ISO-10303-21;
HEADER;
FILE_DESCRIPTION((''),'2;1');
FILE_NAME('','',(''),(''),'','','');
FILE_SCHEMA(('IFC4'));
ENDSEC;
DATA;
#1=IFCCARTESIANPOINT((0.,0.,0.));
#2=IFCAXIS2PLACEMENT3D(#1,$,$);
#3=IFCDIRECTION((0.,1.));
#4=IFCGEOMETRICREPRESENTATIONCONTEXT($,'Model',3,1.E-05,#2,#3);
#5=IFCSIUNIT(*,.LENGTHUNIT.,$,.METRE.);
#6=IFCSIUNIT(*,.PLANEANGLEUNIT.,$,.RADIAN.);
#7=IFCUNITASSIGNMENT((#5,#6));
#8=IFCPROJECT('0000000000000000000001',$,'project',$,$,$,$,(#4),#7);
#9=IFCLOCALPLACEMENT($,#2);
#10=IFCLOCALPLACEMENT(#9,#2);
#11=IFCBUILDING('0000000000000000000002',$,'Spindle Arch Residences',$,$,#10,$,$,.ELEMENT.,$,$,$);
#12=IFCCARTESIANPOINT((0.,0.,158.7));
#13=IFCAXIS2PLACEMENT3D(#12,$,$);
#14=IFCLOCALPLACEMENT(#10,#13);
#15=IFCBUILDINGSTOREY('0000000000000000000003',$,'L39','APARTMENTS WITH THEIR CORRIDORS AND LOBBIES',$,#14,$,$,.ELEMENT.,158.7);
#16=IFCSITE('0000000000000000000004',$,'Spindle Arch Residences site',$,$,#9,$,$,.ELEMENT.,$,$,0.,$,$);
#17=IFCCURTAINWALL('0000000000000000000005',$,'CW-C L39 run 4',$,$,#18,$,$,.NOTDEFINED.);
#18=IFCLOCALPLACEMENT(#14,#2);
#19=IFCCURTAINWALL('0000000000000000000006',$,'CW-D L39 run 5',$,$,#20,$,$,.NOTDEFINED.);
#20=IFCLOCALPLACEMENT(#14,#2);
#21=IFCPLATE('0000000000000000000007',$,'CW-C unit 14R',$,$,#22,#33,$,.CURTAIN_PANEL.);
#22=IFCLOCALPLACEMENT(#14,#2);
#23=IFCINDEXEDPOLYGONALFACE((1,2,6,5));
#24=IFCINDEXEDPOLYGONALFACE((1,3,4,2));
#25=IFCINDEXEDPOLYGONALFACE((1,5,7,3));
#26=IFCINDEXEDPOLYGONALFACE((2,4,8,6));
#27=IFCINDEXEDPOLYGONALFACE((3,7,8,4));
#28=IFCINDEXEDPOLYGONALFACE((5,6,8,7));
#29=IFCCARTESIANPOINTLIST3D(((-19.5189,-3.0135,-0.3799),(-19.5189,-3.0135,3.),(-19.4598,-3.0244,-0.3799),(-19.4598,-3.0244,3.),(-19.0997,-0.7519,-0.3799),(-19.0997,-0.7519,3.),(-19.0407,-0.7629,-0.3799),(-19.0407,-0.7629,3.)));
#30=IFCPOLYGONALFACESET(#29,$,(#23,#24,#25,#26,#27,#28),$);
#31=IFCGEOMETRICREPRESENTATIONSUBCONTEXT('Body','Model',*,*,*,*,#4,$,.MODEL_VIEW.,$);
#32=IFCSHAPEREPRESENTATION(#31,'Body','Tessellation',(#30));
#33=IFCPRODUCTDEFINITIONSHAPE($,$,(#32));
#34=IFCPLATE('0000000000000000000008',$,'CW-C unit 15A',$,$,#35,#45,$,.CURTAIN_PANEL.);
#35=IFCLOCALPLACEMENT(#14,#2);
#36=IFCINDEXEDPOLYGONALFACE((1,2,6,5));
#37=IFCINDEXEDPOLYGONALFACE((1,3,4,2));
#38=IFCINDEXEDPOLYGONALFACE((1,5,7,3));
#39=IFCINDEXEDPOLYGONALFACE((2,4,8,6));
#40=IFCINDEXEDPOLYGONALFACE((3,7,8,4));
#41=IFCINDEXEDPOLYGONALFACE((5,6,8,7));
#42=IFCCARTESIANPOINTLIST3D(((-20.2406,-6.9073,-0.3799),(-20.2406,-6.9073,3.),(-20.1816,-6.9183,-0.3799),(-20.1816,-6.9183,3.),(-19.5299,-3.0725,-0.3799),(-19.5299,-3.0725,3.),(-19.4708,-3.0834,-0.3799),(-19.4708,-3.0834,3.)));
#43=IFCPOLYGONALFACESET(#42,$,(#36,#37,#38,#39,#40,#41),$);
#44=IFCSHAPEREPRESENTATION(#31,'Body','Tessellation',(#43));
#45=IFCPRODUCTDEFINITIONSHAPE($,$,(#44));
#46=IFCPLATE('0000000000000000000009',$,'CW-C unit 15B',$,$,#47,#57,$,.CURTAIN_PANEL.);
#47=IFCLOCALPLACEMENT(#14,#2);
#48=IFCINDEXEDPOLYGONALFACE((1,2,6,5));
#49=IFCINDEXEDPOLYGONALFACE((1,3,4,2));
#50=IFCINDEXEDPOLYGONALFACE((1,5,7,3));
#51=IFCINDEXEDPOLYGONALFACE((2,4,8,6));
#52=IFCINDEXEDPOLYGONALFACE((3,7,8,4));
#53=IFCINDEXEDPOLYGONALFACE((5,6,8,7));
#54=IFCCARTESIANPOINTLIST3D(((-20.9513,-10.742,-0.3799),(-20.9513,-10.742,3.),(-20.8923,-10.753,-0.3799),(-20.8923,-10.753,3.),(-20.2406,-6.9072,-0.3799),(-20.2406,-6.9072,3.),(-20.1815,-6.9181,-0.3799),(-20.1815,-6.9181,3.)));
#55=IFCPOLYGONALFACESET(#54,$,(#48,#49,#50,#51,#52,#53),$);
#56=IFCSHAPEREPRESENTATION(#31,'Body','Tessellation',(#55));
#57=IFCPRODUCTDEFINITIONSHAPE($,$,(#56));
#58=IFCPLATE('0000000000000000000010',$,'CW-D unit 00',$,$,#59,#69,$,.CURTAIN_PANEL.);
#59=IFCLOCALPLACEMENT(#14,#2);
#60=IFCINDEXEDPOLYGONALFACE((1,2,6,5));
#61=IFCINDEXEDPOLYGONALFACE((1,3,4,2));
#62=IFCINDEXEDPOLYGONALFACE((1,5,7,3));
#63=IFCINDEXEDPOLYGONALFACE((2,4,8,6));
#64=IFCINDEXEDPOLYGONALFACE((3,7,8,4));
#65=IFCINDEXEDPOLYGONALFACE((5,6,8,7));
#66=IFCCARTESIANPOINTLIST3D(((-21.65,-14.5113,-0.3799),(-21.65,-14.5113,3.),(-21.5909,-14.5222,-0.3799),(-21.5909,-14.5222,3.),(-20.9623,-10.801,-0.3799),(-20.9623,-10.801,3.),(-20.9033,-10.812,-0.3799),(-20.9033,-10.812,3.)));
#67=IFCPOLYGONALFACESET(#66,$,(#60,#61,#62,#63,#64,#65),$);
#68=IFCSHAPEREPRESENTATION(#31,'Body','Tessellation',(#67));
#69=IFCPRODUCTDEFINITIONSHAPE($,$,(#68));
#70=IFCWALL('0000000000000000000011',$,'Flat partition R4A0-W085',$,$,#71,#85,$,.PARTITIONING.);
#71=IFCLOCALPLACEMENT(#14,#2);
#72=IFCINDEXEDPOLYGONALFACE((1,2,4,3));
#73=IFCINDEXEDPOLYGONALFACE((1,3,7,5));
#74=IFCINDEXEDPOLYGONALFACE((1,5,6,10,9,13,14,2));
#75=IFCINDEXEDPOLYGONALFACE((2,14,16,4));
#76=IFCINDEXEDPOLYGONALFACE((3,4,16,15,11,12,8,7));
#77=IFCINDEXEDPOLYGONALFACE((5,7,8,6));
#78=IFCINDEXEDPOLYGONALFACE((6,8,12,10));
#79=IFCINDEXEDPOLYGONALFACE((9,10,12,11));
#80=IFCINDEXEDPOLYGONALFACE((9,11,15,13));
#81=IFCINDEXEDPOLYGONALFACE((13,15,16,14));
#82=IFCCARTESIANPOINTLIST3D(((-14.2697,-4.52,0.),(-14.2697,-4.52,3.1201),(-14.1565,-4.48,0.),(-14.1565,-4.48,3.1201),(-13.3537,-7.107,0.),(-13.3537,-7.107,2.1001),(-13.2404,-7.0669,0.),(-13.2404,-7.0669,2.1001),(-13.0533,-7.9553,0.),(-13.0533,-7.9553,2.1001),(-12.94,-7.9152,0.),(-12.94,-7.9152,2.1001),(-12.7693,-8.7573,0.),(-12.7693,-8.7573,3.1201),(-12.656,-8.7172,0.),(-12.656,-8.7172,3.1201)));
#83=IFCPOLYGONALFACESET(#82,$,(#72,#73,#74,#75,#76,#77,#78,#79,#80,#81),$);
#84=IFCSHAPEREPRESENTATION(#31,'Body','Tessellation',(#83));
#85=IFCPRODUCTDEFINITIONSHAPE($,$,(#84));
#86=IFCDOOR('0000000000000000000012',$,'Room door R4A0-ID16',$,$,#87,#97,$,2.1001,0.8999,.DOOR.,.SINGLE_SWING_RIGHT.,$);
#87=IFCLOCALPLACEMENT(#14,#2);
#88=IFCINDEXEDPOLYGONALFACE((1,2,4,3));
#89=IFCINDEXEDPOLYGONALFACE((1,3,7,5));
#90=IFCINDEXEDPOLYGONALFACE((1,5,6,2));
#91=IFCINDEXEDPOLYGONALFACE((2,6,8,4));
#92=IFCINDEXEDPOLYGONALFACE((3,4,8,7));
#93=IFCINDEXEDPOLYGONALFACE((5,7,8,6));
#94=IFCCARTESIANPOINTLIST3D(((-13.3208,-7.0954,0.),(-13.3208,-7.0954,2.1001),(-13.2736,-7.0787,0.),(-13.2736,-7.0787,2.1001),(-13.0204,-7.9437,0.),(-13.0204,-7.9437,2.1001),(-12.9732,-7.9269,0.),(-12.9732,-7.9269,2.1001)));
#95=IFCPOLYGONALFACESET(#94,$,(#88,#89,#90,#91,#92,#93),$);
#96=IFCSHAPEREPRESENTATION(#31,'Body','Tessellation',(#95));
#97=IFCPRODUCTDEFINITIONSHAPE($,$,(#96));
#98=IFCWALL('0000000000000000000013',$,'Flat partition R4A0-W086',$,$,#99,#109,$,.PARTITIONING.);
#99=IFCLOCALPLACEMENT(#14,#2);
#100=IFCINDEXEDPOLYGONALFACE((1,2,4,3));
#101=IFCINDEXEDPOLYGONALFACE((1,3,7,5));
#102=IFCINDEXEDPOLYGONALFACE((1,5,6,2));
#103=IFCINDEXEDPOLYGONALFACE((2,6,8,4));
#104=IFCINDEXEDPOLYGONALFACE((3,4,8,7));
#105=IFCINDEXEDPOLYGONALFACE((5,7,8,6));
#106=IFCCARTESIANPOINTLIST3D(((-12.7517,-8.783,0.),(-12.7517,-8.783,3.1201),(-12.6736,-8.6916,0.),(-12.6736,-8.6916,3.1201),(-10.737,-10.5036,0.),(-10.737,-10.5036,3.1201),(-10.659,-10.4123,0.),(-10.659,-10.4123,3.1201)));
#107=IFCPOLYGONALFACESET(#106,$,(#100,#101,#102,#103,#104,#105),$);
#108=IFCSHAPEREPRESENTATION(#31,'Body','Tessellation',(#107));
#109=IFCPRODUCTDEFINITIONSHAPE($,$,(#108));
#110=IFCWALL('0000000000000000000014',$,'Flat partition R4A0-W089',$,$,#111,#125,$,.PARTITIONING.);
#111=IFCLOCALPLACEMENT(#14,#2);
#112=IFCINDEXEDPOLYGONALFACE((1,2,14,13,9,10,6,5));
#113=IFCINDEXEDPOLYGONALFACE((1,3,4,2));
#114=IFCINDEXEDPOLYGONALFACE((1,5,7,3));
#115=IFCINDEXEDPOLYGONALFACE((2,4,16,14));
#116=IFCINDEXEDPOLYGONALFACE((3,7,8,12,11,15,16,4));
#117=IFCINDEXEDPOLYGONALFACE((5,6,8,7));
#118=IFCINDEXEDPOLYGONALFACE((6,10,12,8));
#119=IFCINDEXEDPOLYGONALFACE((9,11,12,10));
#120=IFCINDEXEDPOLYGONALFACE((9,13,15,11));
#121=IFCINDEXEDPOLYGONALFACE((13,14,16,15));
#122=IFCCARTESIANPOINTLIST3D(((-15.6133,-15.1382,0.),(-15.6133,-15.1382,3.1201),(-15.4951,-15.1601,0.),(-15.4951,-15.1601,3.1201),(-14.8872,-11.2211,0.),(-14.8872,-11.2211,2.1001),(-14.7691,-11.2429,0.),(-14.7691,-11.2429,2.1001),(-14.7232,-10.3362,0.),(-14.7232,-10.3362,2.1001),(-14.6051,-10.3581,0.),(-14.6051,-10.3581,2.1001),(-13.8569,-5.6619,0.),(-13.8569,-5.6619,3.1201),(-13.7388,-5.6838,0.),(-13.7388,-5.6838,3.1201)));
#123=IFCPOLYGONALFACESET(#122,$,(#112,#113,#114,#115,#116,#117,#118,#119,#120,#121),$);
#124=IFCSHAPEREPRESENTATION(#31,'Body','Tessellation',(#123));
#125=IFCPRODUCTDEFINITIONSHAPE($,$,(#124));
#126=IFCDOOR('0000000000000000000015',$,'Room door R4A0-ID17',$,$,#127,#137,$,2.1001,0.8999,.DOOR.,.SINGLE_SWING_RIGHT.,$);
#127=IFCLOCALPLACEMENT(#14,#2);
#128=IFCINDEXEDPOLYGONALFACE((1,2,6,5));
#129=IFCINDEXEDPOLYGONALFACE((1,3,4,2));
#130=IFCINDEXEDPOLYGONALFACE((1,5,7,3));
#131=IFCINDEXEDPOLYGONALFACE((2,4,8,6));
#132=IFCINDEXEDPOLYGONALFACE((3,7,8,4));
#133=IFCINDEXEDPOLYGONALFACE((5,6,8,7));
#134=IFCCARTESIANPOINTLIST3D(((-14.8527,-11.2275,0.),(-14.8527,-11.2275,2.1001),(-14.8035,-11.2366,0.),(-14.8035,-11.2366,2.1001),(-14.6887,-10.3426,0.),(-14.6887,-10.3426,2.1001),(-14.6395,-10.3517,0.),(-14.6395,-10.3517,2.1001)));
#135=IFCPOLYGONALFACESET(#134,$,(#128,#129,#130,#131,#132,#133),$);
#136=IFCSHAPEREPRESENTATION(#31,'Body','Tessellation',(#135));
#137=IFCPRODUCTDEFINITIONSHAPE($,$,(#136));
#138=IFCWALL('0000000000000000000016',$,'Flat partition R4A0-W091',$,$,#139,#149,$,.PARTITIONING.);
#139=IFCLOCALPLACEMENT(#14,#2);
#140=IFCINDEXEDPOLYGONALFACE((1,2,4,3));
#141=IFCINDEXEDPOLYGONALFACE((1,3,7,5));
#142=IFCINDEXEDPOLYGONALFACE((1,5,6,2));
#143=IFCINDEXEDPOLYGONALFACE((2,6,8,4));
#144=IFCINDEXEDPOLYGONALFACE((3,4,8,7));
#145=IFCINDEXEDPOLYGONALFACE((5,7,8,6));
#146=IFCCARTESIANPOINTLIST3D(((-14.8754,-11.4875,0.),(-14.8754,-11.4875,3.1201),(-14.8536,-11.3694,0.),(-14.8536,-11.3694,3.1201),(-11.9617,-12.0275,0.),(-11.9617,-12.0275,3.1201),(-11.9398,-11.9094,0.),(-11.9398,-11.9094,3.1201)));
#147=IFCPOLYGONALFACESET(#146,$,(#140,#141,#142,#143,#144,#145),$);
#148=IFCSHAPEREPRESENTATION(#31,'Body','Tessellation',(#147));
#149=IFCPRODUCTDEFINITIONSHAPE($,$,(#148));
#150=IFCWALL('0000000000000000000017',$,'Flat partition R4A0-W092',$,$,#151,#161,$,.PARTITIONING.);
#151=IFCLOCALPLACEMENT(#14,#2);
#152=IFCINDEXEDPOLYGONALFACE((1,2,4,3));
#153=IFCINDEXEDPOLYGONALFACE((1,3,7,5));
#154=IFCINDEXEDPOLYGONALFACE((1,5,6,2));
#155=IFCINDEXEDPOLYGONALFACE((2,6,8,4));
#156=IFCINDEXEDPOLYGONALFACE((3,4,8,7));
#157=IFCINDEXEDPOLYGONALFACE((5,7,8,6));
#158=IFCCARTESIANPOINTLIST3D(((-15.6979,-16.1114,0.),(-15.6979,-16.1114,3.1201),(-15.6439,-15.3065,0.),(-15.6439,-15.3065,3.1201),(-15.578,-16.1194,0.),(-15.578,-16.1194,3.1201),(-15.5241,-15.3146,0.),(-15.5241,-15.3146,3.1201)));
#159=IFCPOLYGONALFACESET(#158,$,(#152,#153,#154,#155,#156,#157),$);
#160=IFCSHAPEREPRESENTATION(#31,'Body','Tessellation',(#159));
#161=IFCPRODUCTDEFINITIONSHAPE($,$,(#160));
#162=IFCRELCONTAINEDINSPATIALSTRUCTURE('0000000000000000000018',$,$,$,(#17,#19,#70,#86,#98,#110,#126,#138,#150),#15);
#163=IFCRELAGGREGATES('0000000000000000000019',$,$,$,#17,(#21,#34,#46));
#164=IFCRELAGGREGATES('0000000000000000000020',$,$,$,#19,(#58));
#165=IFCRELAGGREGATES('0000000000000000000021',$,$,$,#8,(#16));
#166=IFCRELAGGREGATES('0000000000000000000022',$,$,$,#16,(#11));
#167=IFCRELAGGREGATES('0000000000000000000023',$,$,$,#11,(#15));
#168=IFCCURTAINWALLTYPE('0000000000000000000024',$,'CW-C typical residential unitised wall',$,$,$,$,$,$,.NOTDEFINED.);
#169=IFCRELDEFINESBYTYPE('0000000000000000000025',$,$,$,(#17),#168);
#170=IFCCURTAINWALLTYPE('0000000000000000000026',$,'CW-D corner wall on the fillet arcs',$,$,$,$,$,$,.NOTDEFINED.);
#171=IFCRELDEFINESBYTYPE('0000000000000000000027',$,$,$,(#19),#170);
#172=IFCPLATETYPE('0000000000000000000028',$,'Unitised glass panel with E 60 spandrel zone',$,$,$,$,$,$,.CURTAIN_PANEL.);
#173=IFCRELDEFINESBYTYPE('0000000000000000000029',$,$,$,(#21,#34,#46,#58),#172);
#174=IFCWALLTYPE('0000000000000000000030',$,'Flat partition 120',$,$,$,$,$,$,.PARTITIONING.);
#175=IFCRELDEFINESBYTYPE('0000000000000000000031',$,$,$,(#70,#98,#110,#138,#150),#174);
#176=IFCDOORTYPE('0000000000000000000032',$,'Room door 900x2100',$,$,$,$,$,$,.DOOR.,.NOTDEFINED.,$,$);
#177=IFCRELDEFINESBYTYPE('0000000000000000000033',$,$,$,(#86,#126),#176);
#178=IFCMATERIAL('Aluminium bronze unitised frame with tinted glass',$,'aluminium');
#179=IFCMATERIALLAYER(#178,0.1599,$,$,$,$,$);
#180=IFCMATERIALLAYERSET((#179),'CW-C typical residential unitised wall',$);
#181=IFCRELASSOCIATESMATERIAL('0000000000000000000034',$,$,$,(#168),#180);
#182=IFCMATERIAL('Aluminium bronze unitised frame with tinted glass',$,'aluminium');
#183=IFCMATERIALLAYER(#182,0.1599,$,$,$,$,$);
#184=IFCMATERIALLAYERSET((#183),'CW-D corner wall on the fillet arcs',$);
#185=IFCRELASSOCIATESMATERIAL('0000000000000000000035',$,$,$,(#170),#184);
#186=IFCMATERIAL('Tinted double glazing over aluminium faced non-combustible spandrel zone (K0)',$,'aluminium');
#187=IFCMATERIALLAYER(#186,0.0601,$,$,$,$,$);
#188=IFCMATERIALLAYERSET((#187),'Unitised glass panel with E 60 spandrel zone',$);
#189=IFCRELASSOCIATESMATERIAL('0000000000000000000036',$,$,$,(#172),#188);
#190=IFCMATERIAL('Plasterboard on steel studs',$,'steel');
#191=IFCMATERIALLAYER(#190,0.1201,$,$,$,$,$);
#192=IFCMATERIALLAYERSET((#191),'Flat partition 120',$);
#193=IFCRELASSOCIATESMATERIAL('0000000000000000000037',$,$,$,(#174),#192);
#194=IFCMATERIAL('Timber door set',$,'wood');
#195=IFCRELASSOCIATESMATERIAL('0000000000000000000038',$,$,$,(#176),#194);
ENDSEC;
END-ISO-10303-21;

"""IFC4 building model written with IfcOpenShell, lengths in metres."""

from ifc_helpers import new_model, si_unit, direction, frame, frame_2d, origin, origin_2d, place, context, subcontext, project, spatial, rectangle, extrude, material, layer, layer_set, type_object, element, fill, aggregate, save


model = new_model("IFC4")

# Units and contexts
model_context = context("Model", 3, precision=1e-05, world=origin(), true_north=direction((0.0, 1.0)))
body_context = subcontext(model_context, "Body", "Model", "MODEL_VIEW")
ifc_project = project(units=[si_unit("LENGTHUNIT", "METRE"), si_unit("PLANEANGLEUNIT", "RADIAN")], contexts=[model_context])

# Site, building, storey
site_placement = place(None, origin())
site = spatial("IfcSite", under=ifc_project, at=site_placement, Name="Spindle Arch Residences site", CompositionType="ELEMENT", RefElevation=0.0)
building_placement = place(site_placement, origin())
building = spatial("IfcBuilding", under=site, at=building_placement, Name="Spindle Arch Residences", CompositionType="ELEMENT")
storey_placement = place(building_placement, frame((0.0, 0.0, 158.7)))
storey = spatial("IfcBuildingStorey", under=building, at=storey_placement, Name="L39", Description="APARTMENTS WITH THEIR CORRIDORS AND LOBBIES", CompositionType="ELEMENT", Elevation=158.7)

# Curtain wall
ifc_material_1 = material(Name="Aluminium bronze unitised frame with tinted glass", Category="aluminium")
ifc_layer_1 = layer(ifc_material_1, 0.1599)
ifc_layer_set_1 = layer_set([ifc_layer_1], Name="CW-C typical residential unitised wall")
curtain_wall_type_1 = type_object("IfcCurtainWallType", Name="CW-C typical residential unitised wall", PredefinedType="NOTDEFINED", material=ifc_layer_set_1)
curtain_wall_1_placement = place(storey_placement, origin())
curtain_wall_1 = element("IfcCurtainWall", 1, at=curtain_wall_1_placement, inside=storey, type_object=curtain_wall_type_1, Name="CW-C L39 run 4", PredefinedType="NOTDEFINED")

# Curtain wall
ifc_material_2 = material(Name="Aluminium bronze unitised frame with tinted glass", Category="aluminium")
ifc_layer_2 = layer(ifc_material_2, 0.1599)
ifc_layer_set_2 = layer_set([ifc_layer_2], Name="CW-D corner wall on the fillet arcs")
curtain_wall_type_2 = type_object("IfcCurtainWallType", Name="CW-D corner wall on the fillet arcs", PredefinedType="NOTDEFINED", material=ifc_layer_set_2)
curtain_wall_2_placement = place(storey_placement, origin())
curtain_wall_2 = element("IfcCurtainWall", 2, at=curtain_wall_2_placement, inside=storey, type_object=curtain_wall_type_2, Name="CW-D L39 run 5", PredefinedType="NOTDEFINED")

# Plates
ifc_material_3 = material(Name="Tinted double glazing over aluminium faced non-combustible spandrel zone (K0)", Category="aluminium")
ifc_layer_3 = layer(ifc_material_3, 0.0601)
ifc_layer_set_3 = layer_set([ifc_layer_3], Name="Unitised glass panel with E 60 spandrel zone")
plate_type = type_object("IfcPlateType", Name="Unitised glass panel with E 60 spandrel zone", PredefinedType="CURTAIN_PANEL", material=ifc_layer_set_3)
plate_1_placement = place(storey_placement, frame((-19.2798, -1.8882, -0.3799), z_axis=(0.0, 0.0, 1.0), x_axis=(-0.182236, -0.983255, 0.0)))
plate_1 = element("IfcPlate", 3, at=plate_1_placement, type_object=plate_type, Name="CW-C unit 14R", PredefinedType="CURTAIN_PANEL", context=body_context, shape_type="SweptSolid", body=[
    extrude(rectangle(XDim=2.3, YDim=0.0601, at=origin_2d()), origin(), (0.0, 0.0, 1.0), 3.3799),
])
plate_2_placement = place(storey_placement, frame((-19.8557, -4.9954, -0.3799), z_axis=(0.0, 0.0, 1.0), x_axis=(-0.182236, -0.983255, 0.0)))
plate_2 = element("IfcPlate", 4, at=plate_2_placement, type_object=plate_type, Name="CW-C unit 15A", PredefinedType="CURTAIN_PANEL", context=body_context, shape_type="SweptSolid", body=[
    extrude(rectangle(XDim=3.9001, YDim=0.0601, at=origin_2d()), origin(), (0.0, 0.0, 1.0), 3.3799),
])
plate_3_placement = place(storey_placement, frame((-20.5664, -8.8301, -0.3799), z_axis=(0.0, 0.0, 1.0), x_axis=(-0.182236, -0.983255, 0.0)))
plate_3 = element("IfcPlate", 5, at=plate_3_placement, type_object=plate_type, Name="CW-C unit 15B", PredefinedType="CURTAIN_PANEL", context=body_context, shape_type="SweptSolid", body=[
    extrude(rectangle(XDim=3.9001, YDim=0.0601, at=origin_2d()), origin(), (0.0, 0.0, 1.0), 3.3799),
])
aggregate(curtain_wall_1, [plate_1, plate_2, plate_3])
plate_4_placement = place(storey_placement, frame((-21.2766, -12.6616, -0.3799), z_axis=(0.0, 0.0, 1.0), x_axis=(-0.182236, -0.983255, 0.0)))
plate_4 = element("IfcPlate", 6, at=plate_4_placement, type_object=plate_type, Name="CW-D unit 00", PredefinedType="CURTAIN_PANEL", context=body_context, shape_type="SweptSolid", body=[
    extrude(rectangle(XDim=3.7734, YDim=0.0601, at=origin_2d()), origin(), (0.0, 0.0, 1.0), 3.3799),
])
aggregate(curtain_wall_2, [plate_4])

# Wall, opening, door
ifc_material_4 = material(Name="Plasterboard on steel studs", Category="steel")
ifc_layer_4 = layer(ifc_material_4, 0.1201)
ifc_layer_set_4 = layer_set([ifc_layer_4], Name="Flat partition 120")
wall_type_1 = type_object("IfcWallType", Name="Flat partition 120", PredefinedType="PARTITIONING", material=ifc_layer_set_4)
wall_1_placement = place(storey_placement, frame((-14.2131, -4.5, 0.0), z_axis=(0.0, 0.0, 1.0), x_axis=(0.333803, -0.942643, 0.0)))
wall_1 = element("IfcWall", 7, at=wall_1_placement, inside=storey, type_object=wall_type_1, Name="Flat partition R4A0-W085", PredefinedType="PARTITIONING", context=body_context, shape_type="SweptSolid", body=[
    extrude(rectangle(XDim=4.4951, YDim=0.1201, at=frame_2d((2.2476, 0.0))), origin(), (0.0, 0.0, 1.0), 3.1201),
])
opening_1_placement = place(wall_1_placement, frame((2.7444, 0.0, 0.0)))
opening_1 = element("IfcOpeningElement", 8, at=opening_1_placement, cuts=wall_1, PredefinedType="OPENING", context=body_context, shape_type="SweptSolid", body=[
    extrude(rectangle(XDim=0.8999, YDim=2.1001, at=frame_2d((0.45, 1.05))), frame((0.0, 0.0701, 0.0), z_axis=(0.0, -1.0, 0.0), x_axis=(1.0, 0.0, 0.0)), (0.0, 0.0, 1.0), 0.1401),
])
ifc_material_5 = material(Name="Timber door set", Category="wood")
door_type = type_object("IfcDoorType", Name="Room door 900x2100", OperationType="NOTDEFINED", PredefinedType="DOOR", material=ifc_material_5)
door_1_placement = place(opening_1_placement, origin())
door_1 = element("IfcDoor", 9, at=door_1_placement, inside=storey, type_object=door_type, Name="Room door R4A0-ID16", OperationType="SINGLE_SWING_RIGHT", OverallHeight=2.1001, OverallWidth=0.8999, PredefinedType="DOOR", context=body_context, shape_type="SweptSolid", body=[
    extrude(rectangle(XDim=0.8999, YDim=2.1001, at=frame_2d((0.45, 1.05))), frame((0.0, 0.0249, 0.0), z_axis=(0.0, -1.0, 0.0), x_axis=(1.0, 0.0, 0.0)), (0.0, 0.0, 1.0), 0.05),
])
fill(opening_1, door_1)

# Wall
wall_2_placement = place(storey_placement, frame((-12.7126, -8.7373, 0.0), z_axis=(0.0, 0.0, 1.0), x_axis=(0.7604, -0.649455, 0.0)))
element("IfcWall", 10, at=wall_2_placement, inside=storey, type_object=wall_type_1, Name="Flat partition R4A0-W086", PredefinedType="PARTITIONING", context=body_context, shape_type="SweptSolid", body=[
    extrude(rectangle(XDim=2.6494, YDim=0.1201, at=frame_2d((1.3247, 0.0))), origin(), (0.0, 0.0, 1.0), 3.1201),
])

# Wall, opening, door
wall_3_placement = place(storey_placement, frame((-15.5542, -15.1492, 0.0), z_axis=(0.0, 0.0, 1.0), x_axis=(0.182237, 0.983255, 0.0)))
wall_3 = element("IfcWall", 11, at=wall_3_placement, inside=storey, type_object=wall_type_1, Name="Flat partition R4A0-W089", PredefinedType="PARTITIONING", context=body_context, shape_type="SweptSolid", body=[
    extrude(rectangle(XDim=9.6377, YDim=0.1201, at=frame_2d((4.8188, 0.0))), origin(), (0.0, 0.0, 1.0), 3.1201),
])
opening_2_placement = place(wall_3_placement, frame((3.9839, 0.0, 0.0)))
opening_2 = element("IfcOpeningElement", 12, at=opening_2_placement, cuts=wall_3, PredefinedType="OPENING", context=body_context, shape_type="SweptSolid", body=[
    extrude(rectangle(XDim=0.8999, YDim=2.1001, at=frame_2d((0.45, 1.05))), frame((0.0, 0.0701, 0.0), z_axis=(0.0, -1.0, 0.0), x_axis=(1.0, 0.0, 0.0)), (0.0, 0.0, 1.0), 0.1401),
])
door_2_placement = place(opening_2_placement, origin())
door_2 = element("IfcDoor", 13, at=door_2_placement, inside=storey, type_object=door_type, Name="Room door R4A0-ID17", OperationType="SINGLE_SWING_RIGHT", OverallHeight=2.1001, OverallWidth=0.8999, PredefinedType="DOOR", context=body_context, shape_type="SweptSolid", body=[
    extrude(rectangle(XDim=0.8999, YDim=2.1001, at=frame_2d((0.45, 1.05))), frame((0.0, 0.0249, 0.0), z_axis=(0.0, -1.0, 0.0), x_axis=(1.0, 0.0, 0.0)), (0.0, 0.0, 1.0), 0.05),
])
fill(opening_2, door_2)

# Walls
wall_4_placement = place(storey_placement, frame((-14.8645, -11.4285, 0.0), z_axis=(0.0, 0.0, 1.0), x_axis=(0.983255, -0.182234, 0.0)))
element("IfcWall", 14, at=wall_4_placement, inside=storey, type_object=wall_type_1, Name="Flat partition R4A0-W091", PredefinedType="PARTITIONING", context=body_context, shape_type="SweptSolid", body=[
    extrude(rectangle(XDim=2.9634, YDim=0.1201, at=frame_2d((1.4817, 0.0))), origin(), (0.0, 0.0, 1.0), 3.1201),
])
wall_5_placement = place(storey_placement, frame((-15.584, -15.3105, 0.0), z_axis=(0.0, 0.0, 1.0), x_axis=(-0.066881, -0.997761, 0.0)))
element("IfcWall", 15, at=wall_5_placement, inside=storey, type_object=wall_type_1, Name="Flat partition R4A0-W092", PredefinedType="PARTITIONING", context=body_context, shape_type="SweptSolid", body=[
    extrude(rectangle(XDim=0.8066, YDim=0.1201, at=frame_2d((0.4033, 0.0))), origin(), (0.0, 0.0, 1.0), 3.1201),
])

save(model, "model.ifc")
